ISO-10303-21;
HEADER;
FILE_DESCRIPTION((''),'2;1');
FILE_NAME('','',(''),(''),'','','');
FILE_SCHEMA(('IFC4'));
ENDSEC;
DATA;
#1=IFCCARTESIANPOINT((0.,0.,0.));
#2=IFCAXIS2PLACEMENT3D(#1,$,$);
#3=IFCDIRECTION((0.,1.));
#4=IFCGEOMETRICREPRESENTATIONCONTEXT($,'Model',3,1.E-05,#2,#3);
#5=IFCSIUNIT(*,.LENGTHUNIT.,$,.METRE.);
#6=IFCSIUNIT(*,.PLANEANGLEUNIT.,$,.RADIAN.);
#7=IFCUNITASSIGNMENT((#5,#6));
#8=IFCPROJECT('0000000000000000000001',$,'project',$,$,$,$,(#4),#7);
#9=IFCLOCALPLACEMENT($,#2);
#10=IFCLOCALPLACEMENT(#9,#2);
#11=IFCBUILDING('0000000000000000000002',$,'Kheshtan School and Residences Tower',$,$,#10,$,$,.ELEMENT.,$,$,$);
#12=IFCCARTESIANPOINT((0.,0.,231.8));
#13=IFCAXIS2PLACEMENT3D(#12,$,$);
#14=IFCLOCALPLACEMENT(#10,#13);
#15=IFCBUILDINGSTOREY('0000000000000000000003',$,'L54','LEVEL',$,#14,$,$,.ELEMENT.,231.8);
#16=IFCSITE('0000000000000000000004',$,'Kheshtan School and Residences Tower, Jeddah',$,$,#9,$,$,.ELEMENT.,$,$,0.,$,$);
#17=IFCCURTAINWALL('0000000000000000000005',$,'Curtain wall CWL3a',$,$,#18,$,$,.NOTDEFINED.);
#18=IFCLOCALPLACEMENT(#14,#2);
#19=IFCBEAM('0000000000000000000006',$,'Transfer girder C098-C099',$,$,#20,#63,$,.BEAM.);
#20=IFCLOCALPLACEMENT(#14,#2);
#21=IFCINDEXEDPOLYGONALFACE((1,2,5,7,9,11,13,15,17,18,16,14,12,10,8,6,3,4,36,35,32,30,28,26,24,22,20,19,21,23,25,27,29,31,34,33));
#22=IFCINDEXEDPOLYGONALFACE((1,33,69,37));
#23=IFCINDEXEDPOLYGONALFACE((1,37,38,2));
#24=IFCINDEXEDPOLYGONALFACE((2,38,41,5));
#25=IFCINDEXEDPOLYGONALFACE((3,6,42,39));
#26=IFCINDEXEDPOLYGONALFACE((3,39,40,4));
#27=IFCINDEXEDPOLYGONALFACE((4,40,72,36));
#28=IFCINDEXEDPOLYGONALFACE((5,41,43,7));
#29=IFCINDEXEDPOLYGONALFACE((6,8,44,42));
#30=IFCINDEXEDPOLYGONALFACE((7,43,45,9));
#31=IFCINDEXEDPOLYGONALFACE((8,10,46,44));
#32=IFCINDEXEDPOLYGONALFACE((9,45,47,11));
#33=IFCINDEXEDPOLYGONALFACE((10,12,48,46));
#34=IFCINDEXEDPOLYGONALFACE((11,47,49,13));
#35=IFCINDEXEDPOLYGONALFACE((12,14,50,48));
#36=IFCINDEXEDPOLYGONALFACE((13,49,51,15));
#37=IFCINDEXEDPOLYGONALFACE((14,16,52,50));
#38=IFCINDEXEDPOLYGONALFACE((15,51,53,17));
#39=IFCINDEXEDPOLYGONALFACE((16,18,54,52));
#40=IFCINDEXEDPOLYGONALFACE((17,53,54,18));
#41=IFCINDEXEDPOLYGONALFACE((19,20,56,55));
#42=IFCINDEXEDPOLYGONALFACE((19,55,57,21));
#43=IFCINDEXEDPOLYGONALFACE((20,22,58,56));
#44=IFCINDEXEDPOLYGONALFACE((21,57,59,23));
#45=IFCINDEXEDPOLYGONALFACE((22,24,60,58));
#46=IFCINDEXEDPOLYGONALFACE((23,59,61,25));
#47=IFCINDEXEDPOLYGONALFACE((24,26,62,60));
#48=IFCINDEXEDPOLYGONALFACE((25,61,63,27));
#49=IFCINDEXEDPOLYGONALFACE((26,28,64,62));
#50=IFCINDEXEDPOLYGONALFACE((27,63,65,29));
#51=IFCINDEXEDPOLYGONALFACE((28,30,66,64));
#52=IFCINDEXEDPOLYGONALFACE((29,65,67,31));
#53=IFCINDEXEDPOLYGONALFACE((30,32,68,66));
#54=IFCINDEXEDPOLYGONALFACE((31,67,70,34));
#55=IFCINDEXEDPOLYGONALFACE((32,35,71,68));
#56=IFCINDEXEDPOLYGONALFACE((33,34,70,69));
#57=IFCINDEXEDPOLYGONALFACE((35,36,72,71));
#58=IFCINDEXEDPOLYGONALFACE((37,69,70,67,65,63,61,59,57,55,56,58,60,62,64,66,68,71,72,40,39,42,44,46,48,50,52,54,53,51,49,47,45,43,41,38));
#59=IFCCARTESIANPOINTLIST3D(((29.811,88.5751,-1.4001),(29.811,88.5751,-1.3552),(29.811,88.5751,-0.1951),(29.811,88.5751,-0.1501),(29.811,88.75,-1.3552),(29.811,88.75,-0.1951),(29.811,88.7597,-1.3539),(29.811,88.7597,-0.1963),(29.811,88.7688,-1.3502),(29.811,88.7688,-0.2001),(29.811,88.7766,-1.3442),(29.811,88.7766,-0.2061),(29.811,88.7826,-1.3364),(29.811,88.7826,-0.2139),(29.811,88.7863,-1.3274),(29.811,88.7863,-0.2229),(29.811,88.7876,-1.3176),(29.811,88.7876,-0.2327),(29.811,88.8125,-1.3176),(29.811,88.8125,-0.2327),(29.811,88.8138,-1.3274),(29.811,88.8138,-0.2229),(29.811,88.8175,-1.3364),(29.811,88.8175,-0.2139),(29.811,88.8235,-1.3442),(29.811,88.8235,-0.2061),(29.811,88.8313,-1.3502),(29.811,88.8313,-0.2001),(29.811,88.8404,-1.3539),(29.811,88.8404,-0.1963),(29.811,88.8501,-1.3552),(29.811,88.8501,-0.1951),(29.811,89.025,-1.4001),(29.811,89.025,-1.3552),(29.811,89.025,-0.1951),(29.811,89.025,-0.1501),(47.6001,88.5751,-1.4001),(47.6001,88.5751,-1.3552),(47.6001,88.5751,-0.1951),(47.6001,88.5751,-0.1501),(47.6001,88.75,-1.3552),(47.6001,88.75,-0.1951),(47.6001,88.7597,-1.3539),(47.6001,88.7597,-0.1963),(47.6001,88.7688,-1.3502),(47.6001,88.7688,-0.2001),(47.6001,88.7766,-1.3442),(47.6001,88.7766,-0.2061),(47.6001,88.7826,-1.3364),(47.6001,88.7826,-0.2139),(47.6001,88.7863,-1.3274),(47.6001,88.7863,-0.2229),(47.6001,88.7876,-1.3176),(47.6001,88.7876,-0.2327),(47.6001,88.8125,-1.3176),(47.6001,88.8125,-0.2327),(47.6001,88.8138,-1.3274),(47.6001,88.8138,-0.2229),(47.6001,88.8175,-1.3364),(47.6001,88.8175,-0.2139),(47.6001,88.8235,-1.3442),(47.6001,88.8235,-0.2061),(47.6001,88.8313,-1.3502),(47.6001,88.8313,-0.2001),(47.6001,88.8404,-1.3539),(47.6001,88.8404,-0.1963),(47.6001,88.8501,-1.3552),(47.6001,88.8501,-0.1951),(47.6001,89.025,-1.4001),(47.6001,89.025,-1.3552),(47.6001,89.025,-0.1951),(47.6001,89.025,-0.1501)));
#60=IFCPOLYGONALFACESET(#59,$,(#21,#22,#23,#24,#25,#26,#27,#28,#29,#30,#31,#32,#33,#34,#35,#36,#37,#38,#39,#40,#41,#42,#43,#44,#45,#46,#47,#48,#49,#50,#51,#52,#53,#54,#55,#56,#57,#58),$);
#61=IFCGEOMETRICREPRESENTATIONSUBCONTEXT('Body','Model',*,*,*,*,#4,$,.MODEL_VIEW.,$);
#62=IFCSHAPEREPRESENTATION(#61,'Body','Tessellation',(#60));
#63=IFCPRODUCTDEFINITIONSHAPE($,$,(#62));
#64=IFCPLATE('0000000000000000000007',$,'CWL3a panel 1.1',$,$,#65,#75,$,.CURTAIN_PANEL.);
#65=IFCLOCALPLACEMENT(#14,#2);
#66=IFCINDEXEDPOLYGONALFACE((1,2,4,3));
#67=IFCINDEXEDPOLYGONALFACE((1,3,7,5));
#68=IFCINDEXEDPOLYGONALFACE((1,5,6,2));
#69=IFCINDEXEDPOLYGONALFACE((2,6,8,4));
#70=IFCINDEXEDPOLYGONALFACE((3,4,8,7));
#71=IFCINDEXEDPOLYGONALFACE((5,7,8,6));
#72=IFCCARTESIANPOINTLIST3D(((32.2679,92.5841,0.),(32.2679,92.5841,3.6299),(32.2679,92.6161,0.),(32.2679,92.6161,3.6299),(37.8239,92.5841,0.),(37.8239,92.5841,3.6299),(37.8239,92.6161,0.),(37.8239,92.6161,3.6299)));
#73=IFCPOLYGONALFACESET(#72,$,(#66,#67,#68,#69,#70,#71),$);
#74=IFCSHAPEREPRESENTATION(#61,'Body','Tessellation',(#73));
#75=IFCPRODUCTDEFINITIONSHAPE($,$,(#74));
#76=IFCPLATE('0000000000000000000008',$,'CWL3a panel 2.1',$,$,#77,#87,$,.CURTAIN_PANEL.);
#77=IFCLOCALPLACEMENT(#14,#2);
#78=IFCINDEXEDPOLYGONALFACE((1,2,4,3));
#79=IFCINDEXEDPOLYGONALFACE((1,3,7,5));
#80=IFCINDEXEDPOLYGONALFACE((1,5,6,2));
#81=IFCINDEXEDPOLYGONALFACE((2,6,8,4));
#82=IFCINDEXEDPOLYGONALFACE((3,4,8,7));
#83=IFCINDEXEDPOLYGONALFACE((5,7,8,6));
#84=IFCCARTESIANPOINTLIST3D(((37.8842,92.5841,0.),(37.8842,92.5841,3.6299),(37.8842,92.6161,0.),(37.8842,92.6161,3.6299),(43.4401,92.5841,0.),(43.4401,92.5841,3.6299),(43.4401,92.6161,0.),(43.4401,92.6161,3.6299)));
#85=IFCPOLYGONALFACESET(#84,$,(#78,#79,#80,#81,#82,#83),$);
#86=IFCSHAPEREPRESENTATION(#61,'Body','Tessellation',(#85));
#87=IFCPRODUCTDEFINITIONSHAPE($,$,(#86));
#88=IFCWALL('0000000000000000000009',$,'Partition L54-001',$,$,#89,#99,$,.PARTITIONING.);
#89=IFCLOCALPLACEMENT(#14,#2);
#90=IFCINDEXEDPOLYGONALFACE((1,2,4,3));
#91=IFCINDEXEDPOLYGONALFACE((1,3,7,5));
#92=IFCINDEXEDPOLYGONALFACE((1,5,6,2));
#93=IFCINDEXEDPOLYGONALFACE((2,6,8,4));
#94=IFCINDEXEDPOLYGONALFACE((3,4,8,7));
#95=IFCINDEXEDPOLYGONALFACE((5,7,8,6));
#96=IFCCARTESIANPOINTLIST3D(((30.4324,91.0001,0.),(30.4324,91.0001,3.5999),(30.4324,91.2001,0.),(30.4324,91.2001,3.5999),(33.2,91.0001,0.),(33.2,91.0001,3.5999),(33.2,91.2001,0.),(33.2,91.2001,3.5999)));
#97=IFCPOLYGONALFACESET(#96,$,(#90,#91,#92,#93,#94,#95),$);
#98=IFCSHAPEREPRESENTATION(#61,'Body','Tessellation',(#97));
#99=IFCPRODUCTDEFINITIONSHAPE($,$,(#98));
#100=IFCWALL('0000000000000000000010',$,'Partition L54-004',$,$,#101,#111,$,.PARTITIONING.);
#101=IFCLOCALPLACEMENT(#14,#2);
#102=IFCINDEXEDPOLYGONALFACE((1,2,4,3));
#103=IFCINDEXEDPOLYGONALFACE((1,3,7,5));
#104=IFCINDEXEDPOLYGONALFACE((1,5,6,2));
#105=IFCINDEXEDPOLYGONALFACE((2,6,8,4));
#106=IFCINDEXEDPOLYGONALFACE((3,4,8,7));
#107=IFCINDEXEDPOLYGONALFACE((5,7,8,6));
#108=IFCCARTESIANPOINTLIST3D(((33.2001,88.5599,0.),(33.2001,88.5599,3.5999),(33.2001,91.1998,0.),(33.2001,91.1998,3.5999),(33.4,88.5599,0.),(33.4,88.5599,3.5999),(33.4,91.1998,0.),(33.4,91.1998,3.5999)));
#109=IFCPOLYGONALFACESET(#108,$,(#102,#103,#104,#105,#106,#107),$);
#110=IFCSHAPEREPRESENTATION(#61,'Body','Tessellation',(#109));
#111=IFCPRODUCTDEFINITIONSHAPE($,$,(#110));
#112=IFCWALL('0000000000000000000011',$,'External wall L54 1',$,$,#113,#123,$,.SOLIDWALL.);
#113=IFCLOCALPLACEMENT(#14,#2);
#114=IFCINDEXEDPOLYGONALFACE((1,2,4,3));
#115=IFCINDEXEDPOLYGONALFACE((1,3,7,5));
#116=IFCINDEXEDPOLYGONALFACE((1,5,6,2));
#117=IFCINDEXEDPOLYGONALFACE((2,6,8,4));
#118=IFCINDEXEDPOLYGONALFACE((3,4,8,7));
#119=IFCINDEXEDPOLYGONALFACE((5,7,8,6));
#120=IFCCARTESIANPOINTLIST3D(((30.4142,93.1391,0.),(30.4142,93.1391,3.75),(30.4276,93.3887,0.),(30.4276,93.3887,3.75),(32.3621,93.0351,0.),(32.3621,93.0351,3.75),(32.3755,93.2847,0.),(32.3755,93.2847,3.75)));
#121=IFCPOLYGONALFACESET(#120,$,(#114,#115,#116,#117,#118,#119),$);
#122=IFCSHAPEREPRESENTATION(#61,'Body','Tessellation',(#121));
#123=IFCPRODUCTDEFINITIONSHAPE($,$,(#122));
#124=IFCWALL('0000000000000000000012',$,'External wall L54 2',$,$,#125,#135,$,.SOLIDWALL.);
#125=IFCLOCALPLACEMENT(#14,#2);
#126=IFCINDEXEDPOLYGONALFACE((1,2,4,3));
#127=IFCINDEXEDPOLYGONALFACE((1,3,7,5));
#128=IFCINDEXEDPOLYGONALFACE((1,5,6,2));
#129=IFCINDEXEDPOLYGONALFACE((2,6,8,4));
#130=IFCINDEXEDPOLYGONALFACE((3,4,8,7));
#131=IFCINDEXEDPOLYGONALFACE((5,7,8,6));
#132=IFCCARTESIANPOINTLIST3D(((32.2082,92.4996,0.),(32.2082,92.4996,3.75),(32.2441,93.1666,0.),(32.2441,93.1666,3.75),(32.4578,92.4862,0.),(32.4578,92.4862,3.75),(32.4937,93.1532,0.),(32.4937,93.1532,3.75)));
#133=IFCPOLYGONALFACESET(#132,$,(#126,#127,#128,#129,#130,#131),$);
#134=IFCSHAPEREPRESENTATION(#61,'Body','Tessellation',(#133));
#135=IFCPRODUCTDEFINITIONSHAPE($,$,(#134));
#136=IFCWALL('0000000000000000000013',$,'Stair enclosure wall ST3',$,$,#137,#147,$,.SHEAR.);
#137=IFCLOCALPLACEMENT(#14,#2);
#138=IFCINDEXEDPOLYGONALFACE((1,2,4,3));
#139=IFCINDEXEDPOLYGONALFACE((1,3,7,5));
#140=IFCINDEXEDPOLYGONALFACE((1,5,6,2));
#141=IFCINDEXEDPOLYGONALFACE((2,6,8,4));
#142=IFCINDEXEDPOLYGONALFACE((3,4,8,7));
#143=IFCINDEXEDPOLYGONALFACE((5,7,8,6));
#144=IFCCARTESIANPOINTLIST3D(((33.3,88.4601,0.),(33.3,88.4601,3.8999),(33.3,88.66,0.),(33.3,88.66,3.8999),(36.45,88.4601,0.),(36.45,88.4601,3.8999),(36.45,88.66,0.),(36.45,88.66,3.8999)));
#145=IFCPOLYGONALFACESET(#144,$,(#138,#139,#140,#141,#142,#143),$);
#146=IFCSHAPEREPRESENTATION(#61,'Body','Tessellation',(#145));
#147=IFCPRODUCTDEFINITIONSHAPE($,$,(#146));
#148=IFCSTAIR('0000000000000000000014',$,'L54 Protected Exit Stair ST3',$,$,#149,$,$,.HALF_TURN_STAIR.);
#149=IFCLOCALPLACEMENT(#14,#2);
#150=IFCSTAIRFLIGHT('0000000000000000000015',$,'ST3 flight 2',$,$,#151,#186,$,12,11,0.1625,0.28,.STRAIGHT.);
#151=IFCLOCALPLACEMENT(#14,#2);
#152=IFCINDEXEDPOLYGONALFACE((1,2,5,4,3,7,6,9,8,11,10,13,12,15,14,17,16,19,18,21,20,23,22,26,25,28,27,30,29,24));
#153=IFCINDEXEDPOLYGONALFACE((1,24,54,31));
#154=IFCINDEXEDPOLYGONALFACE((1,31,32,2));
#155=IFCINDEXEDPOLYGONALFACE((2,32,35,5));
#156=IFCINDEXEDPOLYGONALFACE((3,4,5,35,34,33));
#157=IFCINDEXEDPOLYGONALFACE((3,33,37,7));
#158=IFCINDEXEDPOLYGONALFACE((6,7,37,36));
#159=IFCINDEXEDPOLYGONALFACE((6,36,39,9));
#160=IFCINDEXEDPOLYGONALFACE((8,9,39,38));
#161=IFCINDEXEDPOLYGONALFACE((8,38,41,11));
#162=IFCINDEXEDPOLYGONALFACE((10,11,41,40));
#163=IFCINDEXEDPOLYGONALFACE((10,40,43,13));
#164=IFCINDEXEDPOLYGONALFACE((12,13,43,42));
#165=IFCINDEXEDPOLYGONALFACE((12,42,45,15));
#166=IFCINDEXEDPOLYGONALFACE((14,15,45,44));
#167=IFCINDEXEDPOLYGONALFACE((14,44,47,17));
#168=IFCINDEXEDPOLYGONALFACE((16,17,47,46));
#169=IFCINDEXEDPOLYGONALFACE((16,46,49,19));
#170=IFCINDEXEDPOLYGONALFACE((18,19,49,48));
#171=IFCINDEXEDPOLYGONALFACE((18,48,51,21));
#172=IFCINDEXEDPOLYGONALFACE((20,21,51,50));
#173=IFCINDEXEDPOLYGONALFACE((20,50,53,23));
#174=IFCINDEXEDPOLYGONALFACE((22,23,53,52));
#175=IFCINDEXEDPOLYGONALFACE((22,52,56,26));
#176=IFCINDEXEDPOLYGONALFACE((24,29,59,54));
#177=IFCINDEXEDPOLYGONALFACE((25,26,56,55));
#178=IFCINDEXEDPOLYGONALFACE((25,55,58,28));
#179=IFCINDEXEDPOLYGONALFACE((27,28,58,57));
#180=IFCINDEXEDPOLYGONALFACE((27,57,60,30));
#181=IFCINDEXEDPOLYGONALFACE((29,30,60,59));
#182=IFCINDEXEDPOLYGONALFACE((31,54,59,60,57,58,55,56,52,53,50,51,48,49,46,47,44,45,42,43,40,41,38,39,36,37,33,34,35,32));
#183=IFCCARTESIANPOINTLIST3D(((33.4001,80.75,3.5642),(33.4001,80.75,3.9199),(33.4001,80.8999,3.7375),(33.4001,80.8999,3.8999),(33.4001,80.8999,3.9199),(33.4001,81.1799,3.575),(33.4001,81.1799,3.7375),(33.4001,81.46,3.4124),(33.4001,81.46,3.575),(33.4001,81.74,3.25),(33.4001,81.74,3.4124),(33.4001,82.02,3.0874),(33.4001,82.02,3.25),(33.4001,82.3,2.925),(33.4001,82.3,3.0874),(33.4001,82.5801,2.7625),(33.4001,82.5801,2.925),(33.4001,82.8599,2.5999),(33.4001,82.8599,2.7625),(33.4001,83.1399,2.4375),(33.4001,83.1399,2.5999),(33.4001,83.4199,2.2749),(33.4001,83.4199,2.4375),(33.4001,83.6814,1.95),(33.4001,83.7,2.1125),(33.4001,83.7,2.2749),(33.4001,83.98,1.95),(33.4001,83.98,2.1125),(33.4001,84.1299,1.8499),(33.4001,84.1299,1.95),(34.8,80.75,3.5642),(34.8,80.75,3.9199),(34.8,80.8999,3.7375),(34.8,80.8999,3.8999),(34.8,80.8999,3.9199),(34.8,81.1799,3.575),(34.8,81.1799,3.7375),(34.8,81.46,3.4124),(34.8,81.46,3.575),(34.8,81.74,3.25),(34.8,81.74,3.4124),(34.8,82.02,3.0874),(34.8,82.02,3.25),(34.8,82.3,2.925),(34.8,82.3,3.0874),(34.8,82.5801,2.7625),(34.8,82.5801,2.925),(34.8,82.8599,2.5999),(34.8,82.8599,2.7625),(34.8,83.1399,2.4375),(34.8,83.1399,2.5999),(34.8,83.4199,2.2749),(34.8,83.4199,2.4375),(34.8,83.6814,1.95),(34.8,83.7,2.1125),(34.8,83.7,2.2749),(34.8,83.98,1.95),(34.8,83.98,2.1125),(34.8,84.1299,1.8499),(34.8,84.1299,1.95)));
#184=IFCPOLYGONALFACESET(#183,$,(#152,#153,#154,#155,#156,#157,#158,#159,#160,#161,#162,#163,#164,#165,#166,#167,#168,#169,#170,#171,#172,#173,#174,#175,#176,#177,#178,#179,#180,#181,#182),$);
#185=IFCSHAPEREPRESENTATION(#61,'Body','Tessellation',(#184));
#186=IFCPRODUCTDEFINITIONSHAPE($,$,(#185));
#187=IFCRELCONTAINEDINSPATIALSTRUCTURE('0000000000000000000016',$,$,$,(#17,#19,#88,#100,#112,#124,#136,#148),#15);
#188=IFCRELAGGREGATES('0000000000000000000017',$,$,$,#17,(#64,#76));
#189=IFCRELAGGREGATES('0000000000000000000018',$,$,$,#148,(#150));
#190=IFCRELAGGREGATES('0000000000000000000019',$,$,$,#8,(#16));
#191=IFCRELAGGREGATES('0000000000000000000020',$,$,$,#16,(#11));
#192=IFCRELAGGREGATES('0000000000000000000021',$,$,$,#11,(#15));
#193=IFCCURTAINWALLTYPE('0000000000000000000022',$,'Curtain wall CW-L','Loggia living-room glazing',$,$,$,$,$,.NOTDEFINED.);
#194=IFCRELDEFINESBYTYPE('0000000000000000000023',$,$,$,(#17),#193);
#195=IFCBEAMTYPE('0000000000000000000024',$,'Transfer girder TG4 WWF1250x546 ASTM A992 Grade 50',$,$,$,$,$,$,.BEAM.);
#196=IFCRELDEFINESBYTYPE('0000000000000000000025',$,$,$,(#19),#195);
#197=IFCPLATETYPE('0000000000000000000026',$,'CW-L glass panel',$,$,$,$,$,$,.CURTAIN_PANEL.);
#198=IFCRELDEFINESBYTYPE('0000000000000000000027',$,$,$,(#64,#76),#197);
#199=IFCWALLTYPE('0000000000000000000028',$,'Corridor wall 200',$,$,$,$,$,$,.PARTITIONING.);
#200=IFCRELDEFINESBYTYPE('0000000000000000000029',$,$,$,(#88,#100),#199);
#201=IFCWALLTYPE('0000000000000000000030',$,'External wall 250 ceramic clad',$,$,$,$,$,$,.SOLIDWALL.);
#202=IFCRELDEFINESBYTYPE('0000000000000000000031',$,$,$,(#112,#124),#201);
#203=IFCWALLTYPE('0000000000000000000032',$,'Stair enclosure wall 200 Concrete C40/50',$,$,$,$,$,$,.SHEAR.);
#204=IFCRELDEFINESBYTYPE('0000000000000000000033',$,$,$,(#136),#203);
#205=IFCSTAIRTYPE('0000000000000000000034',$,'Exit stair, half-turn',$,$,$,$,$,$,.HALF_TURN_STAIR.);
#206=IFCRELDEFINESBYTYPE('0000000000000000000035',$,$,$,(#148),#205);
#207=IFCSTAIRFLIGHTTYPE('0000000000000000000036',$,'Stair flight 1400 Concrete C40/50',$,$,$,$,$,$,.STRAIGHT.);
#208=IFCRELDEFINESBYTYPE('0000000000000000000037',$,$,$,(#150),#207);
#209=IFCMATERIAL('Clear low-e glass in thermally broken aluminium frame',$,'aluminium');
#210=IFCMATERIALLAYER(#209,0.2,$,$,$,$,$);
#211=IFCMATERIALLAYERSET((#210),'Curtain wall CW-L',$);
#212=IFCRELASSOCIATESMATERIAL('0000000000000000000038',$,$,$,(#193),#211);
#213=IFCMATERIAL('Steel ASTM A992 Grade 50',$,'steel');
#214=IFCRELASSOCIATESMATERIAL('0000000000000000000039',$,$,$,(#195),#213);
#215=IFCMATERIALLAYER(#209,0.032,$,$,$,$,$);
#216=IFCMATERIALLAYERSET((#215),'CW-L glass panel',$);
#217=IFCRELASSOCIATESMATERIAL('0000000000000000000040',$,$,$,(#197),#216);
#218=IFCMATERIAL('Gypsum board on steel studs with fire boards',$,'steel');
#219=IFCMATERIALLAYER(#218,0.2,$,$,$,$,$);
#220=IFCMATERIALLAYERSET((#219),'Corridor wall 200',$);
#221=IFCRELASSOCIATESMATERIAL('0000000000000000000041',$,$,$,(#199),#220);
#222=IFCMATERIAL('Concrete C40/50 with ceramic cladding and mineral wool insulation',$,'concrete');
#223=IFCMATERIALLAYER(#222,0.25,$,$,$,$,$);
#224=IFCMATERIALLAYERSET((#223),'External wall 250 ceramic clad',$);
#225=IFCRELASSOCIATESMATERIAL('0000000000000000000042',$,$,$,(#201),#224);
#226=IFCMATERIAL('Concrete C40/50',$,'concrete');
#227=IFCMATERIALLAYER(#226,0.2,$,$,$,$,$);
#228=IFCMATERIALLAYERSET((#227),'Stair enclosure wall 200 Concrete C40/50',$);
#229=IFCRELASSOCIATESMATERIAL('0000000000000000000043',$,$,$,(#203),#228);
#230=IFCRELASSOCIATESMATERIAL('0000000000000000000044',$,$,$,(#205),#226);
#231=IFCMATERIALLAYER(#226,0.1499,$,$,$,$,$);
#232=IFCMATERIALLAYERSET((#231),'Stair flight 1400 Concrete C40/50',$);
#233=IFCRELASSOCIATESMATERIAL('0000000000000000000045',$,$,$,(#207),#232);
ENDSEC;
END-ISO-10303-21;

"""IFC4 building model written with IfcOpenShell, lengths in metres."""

from ifc_helpers import new_model, si_unit, direction, frame, frame_2d, origin, origin_2d, place, context, subcontext, project, spatial, polyline, rectangle, i_section, outline, extrude, material, layer, layer_set, material_profile, profile_set, type_object, element, aggregate, save


model = new_model("IFC4")

# Units and contexts
model_context = context("Model", 3, precision=1e-05, world=origin(), true_north=direction((0.0, 1.0)))
body_context = subcontext(model_context, "Body", "Model", "MODEL_VIEW")
ifc_project = project(units=[si_unit("LENGTHUNIT", "METRE"), si_unit("PLANEANGLEUNIT", "RADIAN")], contexts=[model_context])

# Site, building, storey
site_placement = place(None, origin())
site = spatial("IfcSite", under=ifc_project, at=site_placement, Name="Kheshtan School and Residences Tower, Jeddah", CompositionType="ELEMENT", RefElevation=0.0)
building_placement = place(site_placement, origin())
building = spatial("IfcBuilding", under=site, at=building_placement, Name="Kheshtan School and Residences Tower", CompositionType="ELEMENT")
storey_placement = place(building_placement, frame((0.0, 0.0, 231.8)))
storey = spatial("IfcBuildingStorey", under=building, at=storey_placement, Name="L54", Description="LEVEL", CompositionType="ELEMENT", Elevation=231.8)

# Shared definitions
ifc_material_1 = material(Name="Steel ASTM A992 Grade 50", Category="steel")

# Curtain wall
ifc_material_2 = material(Name="Clear low-e glass in thermally broken aluminium frame", Category="aluminium")
ifc_layer_1 = layer(ifc_material_2, 0.2)
ifc_layer_set_1 = layer_set([ifc_layer_1], Name="Curtain wall CW-L")
curtain_wall_type = type_object("IfcCurtainWallType", Name="Curtain wall CW-L", Description="Loggia living-room glazing", PredefinedType="NOTDEFINED", material=ifc_layer_set_1)
curtain_wall_placement = place(storey_placement, origin())
curtain_wall = element("IfcCurtainWall", 1, at=curtain_wall_placement, inside=storey, type_object=curtain_wall_type, Name="Curtain wall CWL3a", PredefinedType="NOTDEFINED")

# Beam
ifc_material_profile_1 = material_profile(ifc_material_1, i_section(OverallWidth=0.45, OverallDepth=1.25, WebThickness=0.0249, FlangeThickness=0.0449, FilletRadius=0.0376, at=origin_2d()), Name="WWF1250x546")
ifc_profile_set_1 = profile_set([ifc_material_profile_1], Name="Steel ASTM A992 Grade 50")
beam_type_1 = type_object("IfcBeamType", Name="Transfer girder TG4 WWF1250x546 ASTM A992 Grade 50", PredefinedType="BEAM", material=ifc_profile_set_1)
beam_1_placement = place(storey_placement, frame((29.811, 88.8, -0.7751), z_axis=(1.0, 0.0, 0.0), x_axis=(0.0, 1.0, 0.0)))
element("IfcBeam", 2, at=beam_1_placement, inside=storey, type_object=beam_type_1, Name="Transfer girder C098-C099", PredefinedType="BEAM", context=body_context, shape_type="SweptSolid", body=[
    extrude(i_section(OverallWidth=0.45, OverallDepth=1.25, WebThickness=0.0249, FlangeThickness=0.0449, FilletRadius=0.0376, at=origin_2d()), origin(), (0.0, 0.0, 1.0), 17.7891),
])

# Plates
ifc_layer_2 = layer(ifc_material_2, 0.032)
ifc_layer_set_2 = layer_set([ifc_layer_2], Name="CW-L glass panel")
plate_type = type_object("IfcPlateType", Name="CW-L glass panel", PredefinedType="CURTAIN_PANEL", material=ifc_layer_set_2)
plate_1_placement = place(storey_placement, frame((35.0459, 92.6001, 0.0), z_axis=(0.0, 0.0, 1.0), x_axis=(1.0, 0.0, 0.0)))
plate_1 = element("IfcPlate", 3, at=plate_1_placement, type_object=plate_type, Name="CWL3a panel 1.1", PredefinedType="CURTAIN_PANEL", context=body_context, shape_type="SweptSolid", body=[
    extrude(rectangle(XDim=5.5559, YDim=0.032, at=origin_2d()), origin(), (0.0, 0.0, 1.0), 3.6299),
])
plate_2_placement = place(storey_placement, frame((40.6621, 92.6001, 0.0), z_axis=(0.0, 0.0, 1.0), x_axis=(1.0, 0.0, 0.0)))
plate_2 = element("IfcPlate", 4, at=plate_2_placement, type_object=plate_type, Name="CWL3a panel 2.1", PredefinedType="CURTAIN_PANEL", context=body_context, shape_type="SweptSolid", body=[
    extrude(rectangle(XDim=5.5559, YDim=0.032, at=origin_2d()), origin(), (0.0, 0.0, 1.0), 3.6299),
])
aggregate(curtain_wall, [plate_1, plate_2])

# Walls
ifc_material_3 = material(Name="Gypsum board on steel studs with fire boards", Category="steel")
ifc_layer_3 = layer(ifc_material_3, 0.2)
ifc_layer_set_3 = layer_set([ifc_layer_3], Name="Corridor wall 200")
wall_type_1 = type_object("IfcWallType", Name="Corridor wall 200", PredefinedType="PARTITIONING", material=ifc_layer_set_3)
wall_1_placement = place(storey_placement, frame((30.4324, 91.1001, 0.0), z_axis=(0.0, 0.0, 1.0), x_axis=(1.0, 0.0, 0.0)))
element("IfcWall", 5, at=wall_1_placement, inside=storey, type_object=wall_type_1, Name="Partition L54-001", PredefinedType="PARTITIONING", context=body_context, shape_type="SweptSolid", body=[
    extrude(rectangle(XDim=2.7676, YDim=0.2, at=frame_2d((1.3838, 0.0))), origin(), (0.0, 0.0, 1.0), 3.5999),
])
wall_2_placement = place(storey_placement, frame((33.3, 88.5601, 0.0), z_axis=(0.0, 0.0, 1.0), x_axis=(0.0, 1.0, 0.0)))
element("IfcWall", 6, at=wall_2_placement, inside=storey, type_object=wall_type_1, Name="Partition L54-004", PredefinedType="PARTITIONING", context=body_context, shape_type="SweptSolid", body=[
    extrude(rectangle(XDim=2.6399, YDim=0.2, at=frame_2d((1.3198, 0.0))), origin(), (0.0, 0.0, 1.0), 3.5999),
])
ifc_material_4 = material(Name="Concrete C40/50 with ceramic cladding and mineral wool insulation", Category="concrete")
ifc_layer_4 = layer(ifc_material_4, 0.25)
ifc_layer_set_4 = layer_set([ifc_layer_4], Name="External wall 250 ceramic clad")
wall_type_2 = type_object("IfcWallType", Name="External wall 250 ceramic clad", PredefinedType="SOLIDWALL", material=ifc_layer_set_4)
wall_3_placement = place(storey_placement, frame((30.4209, 93.2639, 0.0), z_axis=(0.0, 0.0, 1.0), x_axis=(0.998578, -0.053314, 0.0)))
element("IfcWall", 7, at=wall_3_placement, inside=storey, type_object=wall_type_2, Name="External wall L54 1", PredefinedType="SOLIDWALL", context=body_context, shape_type="SweptSolid", body=[
    extrude(rectangle(XDim=1.9507, YDim=0.25, at=frame_2d((0.9753, 0.0))), origin(), (0.0, 0.0, 1.0), 3.75),
])
wall_4_placement = place(storey_placement, frame((32.3689, 93.1599, 0.0), z_axis=(0.0, 0.0, 1.0), x_axis=(-0.053729, -0.998556, 0.0)))
element("IfcWall", 8, at=wall_4_placement, inside=storey, type_object=wall_type_2, Name="External wall L54 2", PredefinedType="SOLIDWALL", context=body_context, shape_type="SweptSolid", body=[
    extrude(rectangle(XDim=0.668, YDim=0.25, at=frame_2d((0.334, 0.0))), origin(), (0.0, 0.0, 1.0), 3.75),
])

# Wall
ifc_material_5 = material(Name="Concrete C40/50", Category="concrete")
ifc_layer_5 = layer(ifc_material_5, 0.2)
ifc_layer_set_5 = layer_set([ifc_layer_5], Name="Stair enclosure wall 200 Concrete C40/50")
wall_type_3 = type_object("IfcWallType", Name="Stair enclosure wall 200 Concrete C40/50", PredefinedType="SHEAR", material=ifc_layer_set_5)
wall_5_placement = place(storey_placement, frame((33.3, 88.5601, 0.0), z_axis=(0.0, 0.0, 1.0), x_axis=(1.0, 0.0, 0.0)))
element("IfcWall", 9, at=wall_5_placement, inside=storey, type_object=wall_type_3, Name="Stair enclosure wall ST3", PredefinedType="SHEAR", context=body_context, shape_type="SweptSolid", body=[
    extrude(rectangle(XDim=3.1499, YDim=0.2, at=frame_2d((1.575, 0.0))), origin(), (0.0, 0.0, 1.0), 3.8999),
])

# Stair, stair flight
stair_type = type_object("IfcStairType", Name="Exit stair, half-turn", PredefinedType="HALF_TURN_STAIR", material=ifc_material_5)
stair_placement = place(storey_placement, origin())
stair = element("IfcStair", 10, at=stair_placement, inside=storey, type_object=stair_type, Name="L54 Protected Exit Stair ST3", PredefinedType="HALF_TURN_STAIR")
ifc_layer_6 = layer(ifc_material_5, 0.1499)
ifc_layer_set_6 = layer_set([ifc_layer_6], Name="Stair flight 1400 Concrete C40/50")
stair_flight_type = type_object("IfcStairFlightType", Name="Stair flight 1400 Concrete C40/50", PredefinedType="STRAIGHT", material=ifc_layer_set_6)
stair_flight_placement = place(storey_placement, frame((34.1001, 83.98, 1.95), z_axis=(0.0, 0.0, 1.0), x_axis=(0.0, -1.0, 0.0)))
stair_flight = element("IfcStairFlight", 11, at=stair_flight_placement, type_object=stair_flight_type, Name="ST3 flight 2", NumberOfRisers=12, NumberOfTreads=11, PredefinedType="STRAIGHT", RiserHeight=0.1625, TreadLength=0.28, context=body_context, shape_type="SweptSolid", body=[
    extrude(outline(polyline([(-0.1499, -0.1001), (-0.1499, 0.0), (0.0, 0.0), (0.0, 0.1626), (0.28, 0.1626), (0.28, 0.325), (0.5601, 0.325), (0.5601, 0.4875), (0.8401, 0.4875), (0.8401, 0.6499), (1.1201, 0.6499), (1.1201, 0.8125), (1.3999, 0.8125), (1.3999, 0.9751), (1.6799, 0.9751), (1.6799, 1.1375), (1.96, 1.1375), (1.96, 1.3), (2.24, 1.3), (2.24, 1.4624), (2.52, 1.4624), (2.52, 1.625), (2.8, 1.625), (2.8, 1.7876), (3.0801, 1.7876), (3.0801, 1.95), (3.0801, 1.97), (3.23, 1.97), (3.23, 1.6143), (0.2986, 0.0), (-0.1499, -0.1001)])), frame((0.0, 0.7, 0.0), z_axis=(0.0, -1.0, 0.0), x_axis=(1.0, 0.0, 0.0)), (0.0, 0.0, 1.0), 1.3999),
])
aggregate(stair, [stair_flight])

save(model, "model.ifc")
